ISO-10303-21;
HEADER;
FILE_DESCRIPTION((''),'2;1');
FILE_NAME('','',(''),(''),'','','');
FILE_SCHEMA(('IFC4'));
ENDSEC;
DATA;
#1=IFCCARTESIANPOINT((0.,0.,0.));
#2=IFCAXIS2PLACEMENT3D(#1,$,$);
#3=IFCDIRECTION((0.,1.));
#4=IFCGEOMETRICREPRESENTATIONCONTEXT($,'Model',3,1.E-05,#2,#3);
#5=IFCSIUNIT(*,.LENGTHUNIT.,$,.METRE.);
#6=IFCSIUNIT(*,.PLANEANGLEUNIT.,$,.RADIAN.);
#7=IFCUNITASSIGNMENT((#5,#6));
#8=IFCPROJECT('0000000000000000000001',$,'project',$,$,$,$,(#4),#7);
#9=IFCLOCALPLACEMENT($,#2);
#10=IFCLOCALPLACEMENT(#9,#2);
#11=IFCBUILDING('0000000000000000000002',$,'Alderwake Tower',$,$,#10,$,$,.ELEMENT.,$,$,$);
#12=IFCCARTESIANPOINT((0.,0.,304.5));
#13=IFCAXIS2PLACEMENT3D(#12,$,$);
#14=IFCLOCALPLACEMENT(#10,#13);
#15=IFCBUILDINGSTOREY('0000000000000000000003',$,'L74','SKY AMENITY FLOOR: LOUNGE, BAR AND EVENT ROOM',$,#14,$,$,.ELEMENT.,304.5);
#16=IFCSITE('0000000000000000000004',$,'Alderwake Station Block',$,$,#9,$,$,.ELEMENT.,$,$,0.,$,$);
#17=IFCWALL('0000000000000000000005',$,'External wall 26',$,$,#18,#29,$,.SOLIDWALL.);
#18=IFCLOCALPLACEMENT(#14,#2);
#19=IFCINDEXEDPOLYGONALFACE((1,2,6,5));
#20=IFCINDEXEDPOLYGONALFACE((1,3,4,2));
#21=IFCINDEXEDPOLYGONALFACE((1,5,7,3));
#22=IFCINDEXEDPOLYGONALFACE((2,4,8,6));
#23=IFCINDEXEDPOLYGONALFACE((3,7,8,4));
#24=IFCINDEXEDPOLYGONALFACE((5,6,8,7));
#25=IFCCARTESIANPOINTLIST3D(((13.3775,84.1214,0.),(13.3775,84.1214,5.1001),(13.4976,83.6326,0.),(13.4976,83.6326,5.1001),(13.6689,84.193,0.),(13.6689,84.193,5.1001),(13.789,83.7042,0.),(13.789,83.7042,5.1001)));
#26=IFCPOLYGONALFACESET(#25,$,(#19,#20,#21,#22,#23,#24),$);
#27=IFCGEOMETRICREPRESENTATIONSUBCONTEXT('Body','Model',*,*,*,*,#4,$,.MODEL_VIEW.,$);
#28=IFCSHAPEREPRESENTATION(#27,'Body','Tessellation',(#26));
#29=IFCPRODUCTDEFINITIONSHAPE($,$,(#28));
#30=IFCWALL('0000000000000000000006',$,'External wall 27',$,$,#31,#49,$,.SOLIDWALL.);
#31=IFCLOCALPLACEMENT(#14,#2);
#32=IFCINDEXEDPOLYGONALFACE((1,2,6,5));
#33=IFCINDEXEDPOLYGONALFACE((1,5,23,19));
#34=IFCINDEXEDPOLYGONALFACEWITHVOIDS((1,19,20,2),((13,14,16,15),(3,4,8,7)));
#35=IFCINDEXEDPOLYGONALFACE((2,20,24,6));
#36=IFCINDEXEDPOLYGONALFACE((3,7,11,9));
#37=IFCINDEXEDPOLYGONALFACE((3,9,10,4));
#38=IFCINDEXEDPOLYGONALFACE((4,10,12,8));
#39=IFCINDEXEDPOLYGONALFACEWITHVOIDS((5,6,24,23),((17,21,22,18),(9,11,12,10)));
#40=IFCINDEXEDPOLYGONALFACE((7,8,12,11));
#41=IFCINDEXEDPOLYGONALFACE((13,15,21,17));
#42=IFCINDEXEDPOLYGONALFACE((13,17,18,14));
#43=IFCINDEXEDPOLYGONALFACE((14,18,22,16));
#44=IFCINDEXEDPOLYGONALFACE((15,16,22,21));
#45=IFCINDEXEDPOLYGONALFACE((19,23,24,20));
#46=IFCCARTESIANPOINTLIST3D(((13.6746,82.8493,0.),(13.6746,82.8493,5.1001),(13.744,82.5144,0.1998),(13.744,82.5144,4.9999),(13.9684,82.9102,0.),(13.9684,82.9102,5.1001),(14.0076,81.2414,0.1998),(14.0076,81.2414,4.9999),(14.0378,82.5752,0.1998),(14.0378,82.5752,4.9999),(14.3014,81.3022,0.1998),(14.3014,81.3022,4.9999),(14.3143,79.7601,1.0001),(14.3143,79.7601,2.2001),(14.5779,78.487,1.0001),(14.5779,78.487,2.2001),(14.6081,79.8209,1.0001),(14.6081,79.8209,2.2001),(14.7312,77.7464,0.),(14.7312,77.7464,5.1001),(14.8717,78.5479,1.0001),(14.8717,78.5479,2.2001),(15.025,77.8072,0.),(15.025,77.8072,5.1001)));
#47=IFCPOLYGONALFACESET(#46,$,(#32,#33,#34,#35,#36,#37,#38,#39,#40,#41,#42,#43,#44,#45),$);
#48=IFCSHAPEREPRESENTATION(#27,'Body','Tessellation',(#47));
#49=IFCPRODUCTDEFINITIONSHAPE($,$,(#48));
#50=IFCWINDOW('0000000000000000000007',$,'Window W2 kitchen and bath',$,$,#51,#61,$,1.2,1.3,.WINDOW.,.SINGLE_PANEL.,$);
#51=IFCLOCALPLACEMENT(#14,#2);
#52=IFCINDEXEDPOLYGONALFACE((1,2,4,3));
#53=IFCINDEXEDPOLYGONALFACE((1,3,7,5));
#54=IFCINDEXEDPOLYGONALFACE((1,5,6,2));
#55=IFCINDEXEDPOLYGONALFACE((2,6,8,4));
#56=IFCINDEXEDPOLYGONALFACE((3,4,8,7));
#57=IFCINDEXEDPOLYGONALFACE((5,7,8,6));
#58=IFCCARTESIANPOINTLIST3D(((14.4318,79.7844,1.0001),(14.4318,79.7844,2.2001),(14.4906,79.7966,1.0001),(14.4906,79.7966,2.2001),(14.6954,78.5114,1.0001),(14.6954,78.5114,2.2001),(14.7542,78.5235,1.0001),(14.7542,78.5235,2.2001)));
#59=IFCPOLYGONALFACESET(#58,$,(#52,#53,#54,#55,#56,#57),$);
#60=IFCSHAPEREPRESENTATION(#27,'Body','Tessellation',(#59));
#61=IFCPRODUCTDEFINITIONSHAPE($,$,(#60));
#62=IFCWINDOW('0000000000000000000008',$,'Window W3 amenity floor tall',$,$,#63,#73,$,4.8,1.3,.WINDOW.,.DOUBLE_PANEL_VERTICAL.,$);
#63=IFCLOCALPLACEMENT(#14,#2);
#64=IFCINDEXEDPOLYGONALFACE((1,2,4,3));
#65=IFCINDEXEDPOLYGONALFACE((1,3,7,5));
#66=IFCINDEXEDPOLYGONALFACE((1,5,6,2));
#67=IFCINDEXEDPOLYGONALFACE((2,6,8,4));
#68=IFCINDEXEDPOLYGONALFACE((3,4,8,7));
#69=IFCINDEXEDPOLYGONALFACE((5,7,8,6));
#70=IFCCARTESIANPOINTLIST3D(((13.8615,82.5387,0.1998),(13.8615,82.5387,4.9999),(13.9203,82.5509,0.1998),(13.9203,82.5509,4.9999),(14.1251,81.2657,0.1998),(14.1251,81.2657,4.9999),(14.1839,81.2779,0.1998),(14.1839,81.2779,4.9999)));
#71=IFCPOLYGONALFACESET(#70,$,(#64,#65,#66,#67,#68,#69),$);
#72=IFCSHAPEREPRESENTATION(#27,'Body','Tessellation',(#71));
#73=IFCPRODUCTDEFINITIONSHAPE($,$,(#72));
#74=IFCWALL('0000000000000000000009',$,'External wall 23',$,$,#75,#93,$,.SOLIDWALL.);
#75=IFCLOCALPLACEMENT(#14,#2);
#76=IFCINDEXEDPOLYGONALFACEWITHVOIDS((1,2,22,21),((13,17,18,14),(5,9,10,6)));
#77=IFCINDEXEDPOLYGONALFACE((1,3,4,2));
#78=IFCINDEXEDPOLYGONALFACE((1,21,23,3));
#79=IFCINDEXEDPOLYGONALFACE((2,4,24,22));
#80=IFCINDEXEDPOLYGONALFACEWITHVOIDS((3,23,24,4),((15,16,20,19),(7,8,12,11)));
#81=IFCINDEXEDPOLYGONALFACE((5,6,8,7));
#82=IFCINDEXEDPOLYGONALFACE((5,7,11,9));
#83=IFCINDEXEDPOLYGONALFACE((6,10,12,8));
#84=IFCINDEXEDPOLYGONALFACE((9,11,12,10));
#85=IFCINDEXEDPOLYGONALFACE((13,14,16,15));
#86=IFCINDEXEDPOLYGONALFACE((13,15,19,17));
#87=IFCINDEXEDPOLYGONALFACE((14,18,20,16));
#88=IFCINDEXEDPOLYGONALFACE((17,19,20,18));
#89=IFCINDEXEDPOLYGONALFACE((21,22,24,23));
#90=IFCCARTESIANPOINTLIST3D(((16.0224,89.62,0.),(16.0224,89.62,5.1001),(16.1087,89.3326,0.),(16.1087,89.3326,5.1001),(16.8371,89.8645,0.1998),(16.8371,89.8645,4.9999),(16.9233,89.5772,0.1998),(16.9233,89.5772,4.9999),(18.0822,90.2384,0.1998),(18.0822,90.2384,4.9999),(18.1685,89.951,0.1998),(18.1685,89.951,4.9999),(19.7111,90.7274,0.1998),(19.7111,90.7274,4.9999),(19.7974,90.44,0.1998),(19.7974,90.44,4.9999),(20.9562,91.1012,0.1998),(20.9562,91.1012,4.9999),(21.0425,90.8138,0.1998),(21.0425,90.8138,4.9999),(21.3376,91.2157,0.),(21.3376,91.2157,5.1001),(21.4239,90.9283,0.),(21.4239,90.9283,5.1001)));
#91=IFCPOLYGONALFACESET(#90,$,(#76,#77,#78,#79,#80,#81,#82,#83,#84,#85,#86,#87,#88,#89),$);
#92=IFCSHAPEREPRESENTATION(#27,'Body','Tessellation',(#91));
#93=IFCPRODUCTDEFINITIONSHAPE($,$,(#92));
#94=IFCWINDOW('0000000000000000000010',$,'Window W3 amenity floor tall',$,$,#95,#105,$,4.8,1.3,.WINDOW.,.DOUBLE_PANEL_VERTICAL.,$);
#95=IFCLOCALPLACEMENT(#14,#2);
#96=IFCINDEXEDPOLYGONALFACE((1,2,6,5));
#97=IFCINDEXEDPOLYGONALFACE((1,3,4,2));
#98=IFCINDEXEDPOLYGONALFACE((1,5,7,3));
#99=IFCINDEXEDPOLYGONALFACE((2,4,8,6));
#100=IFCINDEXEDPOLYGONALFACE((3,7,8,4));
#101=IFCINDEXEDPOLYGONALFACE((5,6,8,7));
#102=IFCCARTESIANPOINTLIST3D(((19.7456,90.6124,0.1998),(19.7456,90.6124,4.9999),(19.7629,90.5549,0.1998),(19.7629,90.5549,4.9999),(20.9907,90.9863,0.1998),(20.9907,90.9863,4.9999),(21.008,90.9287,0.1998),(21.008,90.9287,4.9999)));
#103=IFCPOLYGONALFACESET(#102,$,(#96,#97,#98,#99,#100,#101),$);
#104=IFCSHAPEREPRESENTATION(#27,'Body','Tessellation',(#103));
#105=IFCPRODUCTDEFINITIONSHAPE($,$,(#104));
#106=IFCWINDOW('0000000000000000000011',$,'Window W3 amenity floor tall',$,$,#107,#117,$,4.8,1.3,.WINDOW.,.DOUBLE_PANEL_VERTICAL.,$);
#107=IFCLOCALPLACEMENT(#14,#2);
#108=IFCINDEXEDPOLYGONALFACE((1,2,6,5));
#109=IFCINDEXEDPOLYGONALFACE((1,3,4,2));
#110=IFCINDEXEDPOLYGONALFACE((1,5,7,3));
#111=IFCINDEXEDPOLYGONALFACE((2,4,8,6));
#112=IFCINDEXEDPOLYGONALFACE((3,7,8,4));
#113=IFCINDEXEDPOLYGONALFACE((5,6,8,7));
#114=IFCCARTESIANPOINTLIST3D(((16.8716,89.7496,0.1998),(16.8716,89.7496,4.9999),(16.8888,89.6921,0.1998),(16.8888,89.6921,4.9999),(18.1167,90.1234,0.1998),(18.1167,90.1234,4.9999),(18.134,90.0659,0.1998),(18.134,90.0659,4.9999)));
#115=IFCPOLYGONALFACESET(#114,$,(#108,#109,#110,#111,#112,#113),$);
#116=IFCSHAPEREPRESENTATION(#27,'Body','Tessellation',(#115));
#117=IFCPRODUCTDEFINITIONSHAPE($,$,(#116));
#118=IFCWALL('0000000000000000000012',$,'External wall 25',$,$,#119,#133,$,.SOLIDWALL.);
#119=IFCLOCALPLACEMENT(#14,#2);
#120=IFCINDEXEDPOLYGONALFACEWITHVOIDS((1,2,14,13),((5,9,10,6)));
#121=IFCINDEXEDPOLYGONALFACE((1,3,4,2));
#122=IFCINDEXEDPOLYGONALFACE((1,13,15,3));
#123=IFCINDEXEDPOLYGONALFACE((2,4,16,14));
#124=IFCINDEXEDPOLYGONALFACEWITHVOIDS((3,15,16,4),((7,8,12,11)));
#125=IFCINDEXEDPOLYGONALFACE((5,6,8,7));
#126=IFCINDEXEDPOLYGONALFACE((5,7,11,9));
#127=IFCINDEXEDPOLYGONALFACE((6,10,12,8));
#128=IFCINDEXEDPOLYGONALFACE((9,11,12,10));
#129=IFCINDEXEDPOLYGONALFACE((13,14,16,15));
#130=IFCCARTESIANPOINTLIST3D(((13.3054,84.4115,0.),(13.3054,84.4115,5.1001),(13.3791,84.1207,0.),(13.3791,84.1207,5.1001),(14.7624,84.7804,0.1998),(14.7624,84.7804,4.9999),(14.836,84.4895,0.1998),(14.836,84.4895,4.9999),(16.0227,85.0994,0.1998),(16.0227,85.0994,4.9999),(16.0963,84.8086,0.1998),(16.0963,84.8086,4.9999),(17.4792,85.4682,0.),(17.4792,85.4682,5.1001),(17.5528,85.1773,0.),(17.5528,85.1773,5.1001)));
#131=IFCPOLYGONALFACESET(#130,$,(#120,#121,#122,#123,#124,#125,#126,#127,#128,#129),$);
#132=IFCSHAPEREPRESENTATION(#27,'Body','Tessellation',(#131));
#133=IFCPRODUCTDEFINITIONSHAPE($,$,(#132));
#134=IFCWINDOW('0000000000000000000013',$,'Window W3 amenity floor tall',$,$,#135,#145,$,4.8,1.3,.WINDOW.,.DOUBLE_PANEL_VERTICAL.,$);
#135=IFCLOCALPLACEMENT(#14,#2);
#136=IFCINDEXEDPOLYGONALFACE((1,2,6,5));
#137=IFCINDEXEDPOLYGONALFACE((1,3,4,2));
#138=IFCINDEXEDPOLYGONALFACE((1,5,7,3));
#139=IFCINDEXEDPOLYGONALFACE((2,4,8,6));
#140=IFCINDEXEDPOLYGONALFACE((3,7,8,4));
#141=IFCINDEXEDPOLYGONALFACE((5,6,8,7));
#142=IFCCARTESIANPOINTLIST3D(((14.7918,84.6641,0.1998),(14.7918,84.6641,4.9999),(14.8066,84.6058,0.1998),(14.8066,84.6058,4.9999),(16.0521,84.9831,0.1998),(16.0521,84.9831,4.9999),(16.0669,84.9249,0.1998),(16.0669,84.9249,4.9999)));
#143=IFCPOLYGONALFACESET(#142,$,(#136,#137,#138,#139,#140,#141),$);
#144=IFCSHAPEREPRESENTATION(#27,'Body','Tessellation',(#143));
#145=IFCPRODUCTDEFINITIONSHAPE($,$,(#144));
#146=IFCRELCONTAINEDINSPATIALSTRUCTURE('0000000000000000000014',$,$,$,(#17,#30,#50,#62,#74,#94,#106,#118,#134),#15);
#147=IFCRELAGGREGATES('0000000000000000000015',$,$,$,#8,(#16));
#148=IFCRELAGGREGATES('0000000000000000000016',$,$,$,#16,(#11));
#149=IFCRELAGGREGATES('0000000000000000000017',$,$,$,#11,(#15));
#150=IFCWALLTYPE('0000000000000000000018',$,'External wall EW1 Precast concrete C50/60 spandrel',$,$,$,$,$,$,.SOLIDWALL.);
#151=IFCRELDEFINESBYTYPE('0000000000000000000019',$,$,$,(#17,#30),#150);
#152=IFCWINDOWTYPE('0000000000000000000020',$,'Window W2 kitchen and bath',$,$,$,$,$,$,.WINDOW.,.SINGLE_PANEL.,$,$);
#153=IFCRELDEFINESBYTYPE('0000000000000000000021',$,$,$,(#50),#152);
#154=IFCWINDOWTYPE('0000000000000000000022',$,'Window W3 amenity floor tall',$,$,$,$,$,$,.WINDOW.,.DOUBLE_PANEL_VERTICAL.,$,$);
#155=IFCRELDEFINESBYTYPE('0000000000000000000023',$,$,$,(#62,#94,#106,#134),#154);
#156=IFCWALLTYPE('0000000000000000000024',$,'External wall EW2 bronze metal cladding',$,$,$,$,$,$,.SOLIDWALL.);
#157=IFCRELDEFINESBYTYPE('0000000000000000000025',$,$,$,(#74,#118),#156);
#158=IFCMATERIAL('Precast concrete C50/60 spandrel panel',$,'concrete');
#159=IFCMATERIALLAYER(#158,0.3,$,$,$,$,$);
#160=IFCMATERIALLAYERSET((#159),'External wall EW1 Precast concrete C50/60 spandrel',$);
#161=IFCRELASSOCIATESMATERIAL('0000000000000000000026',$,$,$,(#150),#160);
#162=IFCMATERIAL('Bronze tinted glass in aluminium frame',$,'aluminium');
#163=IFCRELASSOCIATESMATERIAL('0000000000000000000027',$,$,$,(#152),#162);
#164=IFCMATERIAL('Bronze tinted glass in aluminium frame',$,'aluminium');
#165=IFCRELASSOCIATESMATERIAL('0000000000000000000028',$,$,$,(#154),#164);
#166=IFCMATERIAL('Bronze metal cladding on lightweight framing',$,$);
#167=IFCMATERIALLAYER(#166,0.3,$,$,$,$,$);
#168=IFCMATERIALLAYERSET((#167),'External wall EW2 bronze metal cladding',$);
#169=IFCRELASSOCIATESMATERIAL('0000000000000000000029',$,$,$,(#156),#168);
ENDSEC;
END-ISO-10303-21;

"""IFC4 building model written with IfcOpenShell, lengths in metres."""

from ifc_helpers import new_model, si_unit, direction, frame, frame_2d, origin, place, context, subcontext, project, spatial, rectangle, extrude, material, layer, layer_set, type_object, element, fill, save


model = new_model("IFC4")

# Units and contexts
model_context = context("Model", 3, precision=1e-05, world=origin(), true_north=direction((0.0, 1.0)))
body_context = subcontext(model_context, "Body", "Model", "MODEL_VIEW")
ifc_project = project(units=[si_unit("LENGTHUNIT", "METRE"), si_unit("PLANEANGLEUNIT", "RADIAN")], contexts=[model_context])

# Site, building, storey
site_placement = place(None, origin())
site = spatial("IfcSite", under=ifc_project, at=site_placement, Name="Alderwake Station Block", CompositionType="ELEMENT", RefElevation=0.0)
building_placement = place(site_placement, origin())
building = spatial("IfcBuilding", under=site, at=building_placement, Name="Alderwake Tower", CompositionType="ELEMENT")
storey_placement = place(building_placement, frame((0.0, 0.0, 304.5)))
storey = spatial("IfcBuildingStorey", under=building, at=storey_placement, Name="L74", Description="SKY AMENITY FLOOR: LOUNGE, BAR AND EVENT ROOM", CompositionType="ELEMENT", Elevation=304.5)

# Wall
ifc_material_1 = material(Name="Precast concrete C50/60 spandrel panel", Category="concrete")
ifc_layer_1 = layer(ifc_material_1, 0.3)
ifc_layer_set_1 = layer_set([ifc_layer_1], Name="External wall EW1 Precast concrete C50/60 spandrel")
wall_type_1 = type_object("IfcWallType", Name="External wall EW1 Precast concrete C50/60 spandrel", PredefinedType="SOLIDWALL", material=ifc_layer_set_1)
wall_1_placement = place(storey_placement, frame((13.5232, 84.1572, 0.0), z_axis=(0.0, 0.0, 1.0), x_axis=(0.238653, -0.971105, 0.0)))
element("IfcWall", 1, at=wall_1_placement, inside=storey, type_object=wall_type_1, Name="External wall 26", PredefinedType="SOLIDWALL", context=body_context, shape_type="SweptSolid", body=[
    extrude(rectangle(XDim=0.5034, YDim=0.3, at=frame_2d((0.2517, 0.0))), origin(), (0.0, 0.0, 1.0), 5.1001),
])

# Walls, openings, windows
wall_2_placement = place(storey_placement, frame((13.8215, 82.8796, 0.0), z_axis=(0.0, 0.0, 1.0), x_axis=(0.202761, -0.979228, 0.0)))
wall_2 = element("IfcWall", 2, at=wall_2_placement, inside=storey, type_object=wall_type_1, Name="External wall 27", PredefinedType="SOLIDWALL", context=body_context, shape_type="SweptSolid", body=[
    extrude(rectangle(XDim=5.2112, YDim=0.3, at=frame_2d((2.6055, 0.0))), origin(), (0.0, 0.0, 1.0), 5.1001),
])
opening_1_placement = place(wall_2_placement, frame((0.342, 0.0, 0.2)))
opening_1 = element("IfcOpeningElement", 3, at=opening_1_placement, cuts=wall_2, PredefinedType="OPENING", context=body_context, shape_type="SweptSolid", body=[
    extrude(rectangle(XDim=1.3, YDim=4.8, at=frame_2d((0.6499, 2.3999))), frame((0.0, 0.1599, 0.0), z_axis=(0.0, -1.0, 0.0), x_axis=(1.0, 0.0, 0.0)), (0.0, 0.0, 1.0), 0.3201),
])
opening_2_placement = place(wall_2_placement, frame((3.1548, 0.0, 1.0)))
opening_2 = element("IfcOpeningElement", 4, at=opening_2_placement, cuts=wall_2, PredefinedType="OPENING", context=body_context, shape_type="SweptSolid", body=[
    extrude(rectangle(XDim=1.3, YDim=1.2, at=frame_2d((0.6499, 0.6001))), frame((0.0, 0.1599, 0.0), z_axis=(0.0, -1.0, 0.0), x_axis=(1.0, 0.0, 0.0)), (0.0, 0.0, 1.0), 0.3201),
])
ifc_material_2 = material(Name="Bronze tinted glass in aluminium frame", Category="aluminium")
window_type_1 = type_object("IfcWindowType", Name="Window W2 kitchen and bath", PartitioningType="SINGLE_PANEL", PredefinedType="WINDOW", material=ifc_material_2)
window_1_placement = place(opening_2_placement, origin())
window_1 = element("IfcWindow", 5, at=window_1_placement, inside=storey, type_object=window_type_1, Name="Window W2 kitchen and bath", OverallHeight=1.2, OverallWidth=1.3, PartitioningType="SINGLE_PANEL", PredefinedType="WINDOW", context=body_context, shape_type="SweptSolid", body=[
    extrude(rectangle(XDim=1.3, YDim=1.2, at=frame_2d((0.6499, 0.6001))), frame((0.0, 0.03, 0.0), z_axis=(0.0, -1.0, 0.0), x_axis=(1.0, 0.0, 0.0)), (0.0, 0.0, 1.0), 0.0601),
])
fill(opening_2, window_1)
ifc_material_3 = material(Name="Bronze tinted glass in aluminium frame", Category="aluminium")
window_type_2 = type_object("IfcWindowType", Name="Window W3 amenity floor tall", PartitioningType="DOUBLE_PANEL_VERTICAL", PredefinedType="WINDOW", material=ifc_material_3)
window_2_placement = place(opening_1_placement, origin())
window_2 = element("IfcWindow", 6, at=window_2_placement, inside=storey, type_object=window_type_2, Name="Window W3 amenity floor tall", OverallHeight=4.8, OverallWidth=1.3, PartitioningType="DOUBLE_PANEL_VERTICAL", PredefinedType="WINDOW", context=body_context, shape_type="SweptSolid", body=[
    extrude(rectangle(XDim=1.3, YDim=4.8, at=frame_2d((0.6499, 2.3999))), frame((0.0, 0.03, 0.0), z_axis=(0.0, -1.0, 0.0), x_axis=(1.0, 0.0, 0.0)), (0.0, 0.0, 1.0), 0.0601),
])
fill(opening_1, window_2)
ifc_material_4 = material(Name="Bronze metal cladding on lightweight framing")
ifc_layer_2 = layer(ifc_material_4, 0.3)
ifc_layer_set_2 = layer_set([ifc_layer_2], Name="External wall EW2 bronze metal cladding")
wall_type_2 = type_object("IfcWallType", Name="External wall EW2 bronze metal cladding", PredefinedType="SOLIDWALL", material=ifc_layer_set_2)
wall_3_placement = place(storey_placement, frame((21.3809, 91.072, 0.0), z_axis=(0.0, 0.0, 1.0), x_axis=(-0.957769, -0.287538, 0.0)))
wall_3 = element("IfcWall", 7, at=wall_3_placement, inside=storey, type_object=wall_type_2, Name="External wall 23", PredefinedType="SOLIDWALL", context=body_context, shape_type="SweptSolid", body=[
    extrude(rectangle(XDim=5.5496, YDim=0.3, at=frame_2d((2.7749, 0.0))), origin(), (0.0, 0.0, 1.0), 5.1001),
])
opening_3_placement = place(wall_3_placement, frame((0.3984, 0.0, 0.2)))
opening_3 = element("IfcOpeningElement", 8, at=opening_3_placement, cuts=wall_3, PredefinedType="OPENING", context=body_context, shape_type="SweptSolid", body=[
    extrude(rectangle(XDim=1.3, YDim=4.8, at=frame_2d((0.6499, 2.3999))), frame((0.0, 0.1599, 0.0), z_axis=(0.0, -1.0, 0.0), x_axis=(1.0, 0.0, 0.0)), (0.0, 0.0, 1.0), 0.3201),
])
opening_4_placement = place(wall_3_placement, frame((3.3992, 0.0, 0.2)))
opening_4 = element("IfcOpeningElement", 9, at=opening_4_placement, cuts=wall_3, PredefinedType="OPENING", context=body_context, shape_type="SweptSolid", body=[
    extrude(rectangle(XDim=1.3, YDim=4.8, at=frame_2d((0.6499, 2.3999))), frame((0.0, 0.1599, 0.0), z_axis=(0.0, -1.0, 0.0), x_axis=(1.0, 0.0, 0.0)), (0.0, 0.0, 1.0), 0.3201),
])
window_3_placement = place(opening_3_placement, origin())
window_3 = element("IfcWindow", 10, at=window_3_placement, inside=storey, type_object=window_type_2, Name="Window W3 amenity floor tall", OverallHeight=4.8, OverallWidth=1.3, PartitioningType="DOUBLE_PANEL_VERTICAL", PredefinedType="WINDOW", context=body_context, shape_type="SweptSolid", body=[
    extrude(rectangle(XDim=1.3, YDim=4.8, at=frame_2d((0.6499, 2.3999))), frame((0.0, 0.03, 0.0), z_axis=(0.0, -1.0, 0.0), x_axis=(1.0, 0.0, 0.0)), (0.0, 0.0, 1.0), 0.0601),
])
fill(opening_3, window_3)
window_4_placement = place(opening_4_placement, origin())
window_4 = element("IfcWindow", 11, at=window_4_placement, inside=storey, type_object=window_type_2, Name="Window W3 amenity floor tall", OverallHeight=4.8, OverallWidth=1.3, PartitioningType="DOUBLE_PANEL_VERTICAL", PredefinedType="WINDOW", context=body_context, shape_type="SweptSolid", body=[
    extrude(rectangle(XDim=1.3, YDim=4.8, at=frame_2d((0.6499, 2.3999))), frame((0.0, 0.03, 0.0), z_axis=(0.0, -1.0, 0.0), x_axis=(1.0, 0.0, 0.0)), (0.0, 0.0, 1.0), 0.0601),
])
fill(opening_4, window_4)

# Wall, opening, window
wall_4_placement = place(storey_placement, frame((17.5161, 85.3228, 0.0), z_axis=(0.0, 0.0, 1.0), x_axis=(-0.969418, -0.245416, 0.0)))
wall_4 = element("IfcWall", 12, at=wall_4_placement, inside=storey, type_object=wall_type_2, Name="External wall 25", PredefinedType="SOLIDWALL", context=body_context, shape_type="SweptSolid", body=[
    extrude(rectangle(XDim=4.3054, YDim=0.3, at=frame_2d((2.1528, 0.0))), origin(), (0.0, 0.0, 1.0), 5.1001),
])
opening_5_placement = place(wall_4_placement, frame((1.5027, 0.0, 0.2)))
opening_5 = element("IfcOpeningElement", 13, at=opening_5_placement, cuts=wall_4, PredefinedType="OPENING", context=body_context, shape_type="SweptSolid", body=[
    extrude(rectangle(XDim=1.3, YDim=4.8, at=frame_2d((0.6499, 2.3999))), frame((0.0, 0.1599, 0.0), z_axis=(0.0, -1.0, 0.0), x_axis=(1.0, 0.0, 0.0)), (0.0, 0.0, 1.0), 0.3201),
])
window_5_placement = place(opening_5_placement, origin())
window_5 = element("IfcWindow", 14, at=window_5_placement, inside=storey, type_object=window_type_2, Name="Window W3 amenity floor tall", OverallHeight=4.8, OverallWidth=1.3, PartitioningType="DOUBLE_PANEL_VERTICAL", PredefinedType="WINDOW", context=body_context, shape_type="SweptSolid", body=[
    extrude(rectangle(XDim=1.3, YDim=4.8, at=frame_2d((0.6499, 2.3999))), frame((0.0, 0.03, 0.0), z_axis=(0.0, -1.0, 0.0), x_axis=(1.0, 0.0, 0.0)), (0.0, 0.0, 1.0), 0.0601),
])
fill(opening_5, window_5)

save(model, "model.ifc")
